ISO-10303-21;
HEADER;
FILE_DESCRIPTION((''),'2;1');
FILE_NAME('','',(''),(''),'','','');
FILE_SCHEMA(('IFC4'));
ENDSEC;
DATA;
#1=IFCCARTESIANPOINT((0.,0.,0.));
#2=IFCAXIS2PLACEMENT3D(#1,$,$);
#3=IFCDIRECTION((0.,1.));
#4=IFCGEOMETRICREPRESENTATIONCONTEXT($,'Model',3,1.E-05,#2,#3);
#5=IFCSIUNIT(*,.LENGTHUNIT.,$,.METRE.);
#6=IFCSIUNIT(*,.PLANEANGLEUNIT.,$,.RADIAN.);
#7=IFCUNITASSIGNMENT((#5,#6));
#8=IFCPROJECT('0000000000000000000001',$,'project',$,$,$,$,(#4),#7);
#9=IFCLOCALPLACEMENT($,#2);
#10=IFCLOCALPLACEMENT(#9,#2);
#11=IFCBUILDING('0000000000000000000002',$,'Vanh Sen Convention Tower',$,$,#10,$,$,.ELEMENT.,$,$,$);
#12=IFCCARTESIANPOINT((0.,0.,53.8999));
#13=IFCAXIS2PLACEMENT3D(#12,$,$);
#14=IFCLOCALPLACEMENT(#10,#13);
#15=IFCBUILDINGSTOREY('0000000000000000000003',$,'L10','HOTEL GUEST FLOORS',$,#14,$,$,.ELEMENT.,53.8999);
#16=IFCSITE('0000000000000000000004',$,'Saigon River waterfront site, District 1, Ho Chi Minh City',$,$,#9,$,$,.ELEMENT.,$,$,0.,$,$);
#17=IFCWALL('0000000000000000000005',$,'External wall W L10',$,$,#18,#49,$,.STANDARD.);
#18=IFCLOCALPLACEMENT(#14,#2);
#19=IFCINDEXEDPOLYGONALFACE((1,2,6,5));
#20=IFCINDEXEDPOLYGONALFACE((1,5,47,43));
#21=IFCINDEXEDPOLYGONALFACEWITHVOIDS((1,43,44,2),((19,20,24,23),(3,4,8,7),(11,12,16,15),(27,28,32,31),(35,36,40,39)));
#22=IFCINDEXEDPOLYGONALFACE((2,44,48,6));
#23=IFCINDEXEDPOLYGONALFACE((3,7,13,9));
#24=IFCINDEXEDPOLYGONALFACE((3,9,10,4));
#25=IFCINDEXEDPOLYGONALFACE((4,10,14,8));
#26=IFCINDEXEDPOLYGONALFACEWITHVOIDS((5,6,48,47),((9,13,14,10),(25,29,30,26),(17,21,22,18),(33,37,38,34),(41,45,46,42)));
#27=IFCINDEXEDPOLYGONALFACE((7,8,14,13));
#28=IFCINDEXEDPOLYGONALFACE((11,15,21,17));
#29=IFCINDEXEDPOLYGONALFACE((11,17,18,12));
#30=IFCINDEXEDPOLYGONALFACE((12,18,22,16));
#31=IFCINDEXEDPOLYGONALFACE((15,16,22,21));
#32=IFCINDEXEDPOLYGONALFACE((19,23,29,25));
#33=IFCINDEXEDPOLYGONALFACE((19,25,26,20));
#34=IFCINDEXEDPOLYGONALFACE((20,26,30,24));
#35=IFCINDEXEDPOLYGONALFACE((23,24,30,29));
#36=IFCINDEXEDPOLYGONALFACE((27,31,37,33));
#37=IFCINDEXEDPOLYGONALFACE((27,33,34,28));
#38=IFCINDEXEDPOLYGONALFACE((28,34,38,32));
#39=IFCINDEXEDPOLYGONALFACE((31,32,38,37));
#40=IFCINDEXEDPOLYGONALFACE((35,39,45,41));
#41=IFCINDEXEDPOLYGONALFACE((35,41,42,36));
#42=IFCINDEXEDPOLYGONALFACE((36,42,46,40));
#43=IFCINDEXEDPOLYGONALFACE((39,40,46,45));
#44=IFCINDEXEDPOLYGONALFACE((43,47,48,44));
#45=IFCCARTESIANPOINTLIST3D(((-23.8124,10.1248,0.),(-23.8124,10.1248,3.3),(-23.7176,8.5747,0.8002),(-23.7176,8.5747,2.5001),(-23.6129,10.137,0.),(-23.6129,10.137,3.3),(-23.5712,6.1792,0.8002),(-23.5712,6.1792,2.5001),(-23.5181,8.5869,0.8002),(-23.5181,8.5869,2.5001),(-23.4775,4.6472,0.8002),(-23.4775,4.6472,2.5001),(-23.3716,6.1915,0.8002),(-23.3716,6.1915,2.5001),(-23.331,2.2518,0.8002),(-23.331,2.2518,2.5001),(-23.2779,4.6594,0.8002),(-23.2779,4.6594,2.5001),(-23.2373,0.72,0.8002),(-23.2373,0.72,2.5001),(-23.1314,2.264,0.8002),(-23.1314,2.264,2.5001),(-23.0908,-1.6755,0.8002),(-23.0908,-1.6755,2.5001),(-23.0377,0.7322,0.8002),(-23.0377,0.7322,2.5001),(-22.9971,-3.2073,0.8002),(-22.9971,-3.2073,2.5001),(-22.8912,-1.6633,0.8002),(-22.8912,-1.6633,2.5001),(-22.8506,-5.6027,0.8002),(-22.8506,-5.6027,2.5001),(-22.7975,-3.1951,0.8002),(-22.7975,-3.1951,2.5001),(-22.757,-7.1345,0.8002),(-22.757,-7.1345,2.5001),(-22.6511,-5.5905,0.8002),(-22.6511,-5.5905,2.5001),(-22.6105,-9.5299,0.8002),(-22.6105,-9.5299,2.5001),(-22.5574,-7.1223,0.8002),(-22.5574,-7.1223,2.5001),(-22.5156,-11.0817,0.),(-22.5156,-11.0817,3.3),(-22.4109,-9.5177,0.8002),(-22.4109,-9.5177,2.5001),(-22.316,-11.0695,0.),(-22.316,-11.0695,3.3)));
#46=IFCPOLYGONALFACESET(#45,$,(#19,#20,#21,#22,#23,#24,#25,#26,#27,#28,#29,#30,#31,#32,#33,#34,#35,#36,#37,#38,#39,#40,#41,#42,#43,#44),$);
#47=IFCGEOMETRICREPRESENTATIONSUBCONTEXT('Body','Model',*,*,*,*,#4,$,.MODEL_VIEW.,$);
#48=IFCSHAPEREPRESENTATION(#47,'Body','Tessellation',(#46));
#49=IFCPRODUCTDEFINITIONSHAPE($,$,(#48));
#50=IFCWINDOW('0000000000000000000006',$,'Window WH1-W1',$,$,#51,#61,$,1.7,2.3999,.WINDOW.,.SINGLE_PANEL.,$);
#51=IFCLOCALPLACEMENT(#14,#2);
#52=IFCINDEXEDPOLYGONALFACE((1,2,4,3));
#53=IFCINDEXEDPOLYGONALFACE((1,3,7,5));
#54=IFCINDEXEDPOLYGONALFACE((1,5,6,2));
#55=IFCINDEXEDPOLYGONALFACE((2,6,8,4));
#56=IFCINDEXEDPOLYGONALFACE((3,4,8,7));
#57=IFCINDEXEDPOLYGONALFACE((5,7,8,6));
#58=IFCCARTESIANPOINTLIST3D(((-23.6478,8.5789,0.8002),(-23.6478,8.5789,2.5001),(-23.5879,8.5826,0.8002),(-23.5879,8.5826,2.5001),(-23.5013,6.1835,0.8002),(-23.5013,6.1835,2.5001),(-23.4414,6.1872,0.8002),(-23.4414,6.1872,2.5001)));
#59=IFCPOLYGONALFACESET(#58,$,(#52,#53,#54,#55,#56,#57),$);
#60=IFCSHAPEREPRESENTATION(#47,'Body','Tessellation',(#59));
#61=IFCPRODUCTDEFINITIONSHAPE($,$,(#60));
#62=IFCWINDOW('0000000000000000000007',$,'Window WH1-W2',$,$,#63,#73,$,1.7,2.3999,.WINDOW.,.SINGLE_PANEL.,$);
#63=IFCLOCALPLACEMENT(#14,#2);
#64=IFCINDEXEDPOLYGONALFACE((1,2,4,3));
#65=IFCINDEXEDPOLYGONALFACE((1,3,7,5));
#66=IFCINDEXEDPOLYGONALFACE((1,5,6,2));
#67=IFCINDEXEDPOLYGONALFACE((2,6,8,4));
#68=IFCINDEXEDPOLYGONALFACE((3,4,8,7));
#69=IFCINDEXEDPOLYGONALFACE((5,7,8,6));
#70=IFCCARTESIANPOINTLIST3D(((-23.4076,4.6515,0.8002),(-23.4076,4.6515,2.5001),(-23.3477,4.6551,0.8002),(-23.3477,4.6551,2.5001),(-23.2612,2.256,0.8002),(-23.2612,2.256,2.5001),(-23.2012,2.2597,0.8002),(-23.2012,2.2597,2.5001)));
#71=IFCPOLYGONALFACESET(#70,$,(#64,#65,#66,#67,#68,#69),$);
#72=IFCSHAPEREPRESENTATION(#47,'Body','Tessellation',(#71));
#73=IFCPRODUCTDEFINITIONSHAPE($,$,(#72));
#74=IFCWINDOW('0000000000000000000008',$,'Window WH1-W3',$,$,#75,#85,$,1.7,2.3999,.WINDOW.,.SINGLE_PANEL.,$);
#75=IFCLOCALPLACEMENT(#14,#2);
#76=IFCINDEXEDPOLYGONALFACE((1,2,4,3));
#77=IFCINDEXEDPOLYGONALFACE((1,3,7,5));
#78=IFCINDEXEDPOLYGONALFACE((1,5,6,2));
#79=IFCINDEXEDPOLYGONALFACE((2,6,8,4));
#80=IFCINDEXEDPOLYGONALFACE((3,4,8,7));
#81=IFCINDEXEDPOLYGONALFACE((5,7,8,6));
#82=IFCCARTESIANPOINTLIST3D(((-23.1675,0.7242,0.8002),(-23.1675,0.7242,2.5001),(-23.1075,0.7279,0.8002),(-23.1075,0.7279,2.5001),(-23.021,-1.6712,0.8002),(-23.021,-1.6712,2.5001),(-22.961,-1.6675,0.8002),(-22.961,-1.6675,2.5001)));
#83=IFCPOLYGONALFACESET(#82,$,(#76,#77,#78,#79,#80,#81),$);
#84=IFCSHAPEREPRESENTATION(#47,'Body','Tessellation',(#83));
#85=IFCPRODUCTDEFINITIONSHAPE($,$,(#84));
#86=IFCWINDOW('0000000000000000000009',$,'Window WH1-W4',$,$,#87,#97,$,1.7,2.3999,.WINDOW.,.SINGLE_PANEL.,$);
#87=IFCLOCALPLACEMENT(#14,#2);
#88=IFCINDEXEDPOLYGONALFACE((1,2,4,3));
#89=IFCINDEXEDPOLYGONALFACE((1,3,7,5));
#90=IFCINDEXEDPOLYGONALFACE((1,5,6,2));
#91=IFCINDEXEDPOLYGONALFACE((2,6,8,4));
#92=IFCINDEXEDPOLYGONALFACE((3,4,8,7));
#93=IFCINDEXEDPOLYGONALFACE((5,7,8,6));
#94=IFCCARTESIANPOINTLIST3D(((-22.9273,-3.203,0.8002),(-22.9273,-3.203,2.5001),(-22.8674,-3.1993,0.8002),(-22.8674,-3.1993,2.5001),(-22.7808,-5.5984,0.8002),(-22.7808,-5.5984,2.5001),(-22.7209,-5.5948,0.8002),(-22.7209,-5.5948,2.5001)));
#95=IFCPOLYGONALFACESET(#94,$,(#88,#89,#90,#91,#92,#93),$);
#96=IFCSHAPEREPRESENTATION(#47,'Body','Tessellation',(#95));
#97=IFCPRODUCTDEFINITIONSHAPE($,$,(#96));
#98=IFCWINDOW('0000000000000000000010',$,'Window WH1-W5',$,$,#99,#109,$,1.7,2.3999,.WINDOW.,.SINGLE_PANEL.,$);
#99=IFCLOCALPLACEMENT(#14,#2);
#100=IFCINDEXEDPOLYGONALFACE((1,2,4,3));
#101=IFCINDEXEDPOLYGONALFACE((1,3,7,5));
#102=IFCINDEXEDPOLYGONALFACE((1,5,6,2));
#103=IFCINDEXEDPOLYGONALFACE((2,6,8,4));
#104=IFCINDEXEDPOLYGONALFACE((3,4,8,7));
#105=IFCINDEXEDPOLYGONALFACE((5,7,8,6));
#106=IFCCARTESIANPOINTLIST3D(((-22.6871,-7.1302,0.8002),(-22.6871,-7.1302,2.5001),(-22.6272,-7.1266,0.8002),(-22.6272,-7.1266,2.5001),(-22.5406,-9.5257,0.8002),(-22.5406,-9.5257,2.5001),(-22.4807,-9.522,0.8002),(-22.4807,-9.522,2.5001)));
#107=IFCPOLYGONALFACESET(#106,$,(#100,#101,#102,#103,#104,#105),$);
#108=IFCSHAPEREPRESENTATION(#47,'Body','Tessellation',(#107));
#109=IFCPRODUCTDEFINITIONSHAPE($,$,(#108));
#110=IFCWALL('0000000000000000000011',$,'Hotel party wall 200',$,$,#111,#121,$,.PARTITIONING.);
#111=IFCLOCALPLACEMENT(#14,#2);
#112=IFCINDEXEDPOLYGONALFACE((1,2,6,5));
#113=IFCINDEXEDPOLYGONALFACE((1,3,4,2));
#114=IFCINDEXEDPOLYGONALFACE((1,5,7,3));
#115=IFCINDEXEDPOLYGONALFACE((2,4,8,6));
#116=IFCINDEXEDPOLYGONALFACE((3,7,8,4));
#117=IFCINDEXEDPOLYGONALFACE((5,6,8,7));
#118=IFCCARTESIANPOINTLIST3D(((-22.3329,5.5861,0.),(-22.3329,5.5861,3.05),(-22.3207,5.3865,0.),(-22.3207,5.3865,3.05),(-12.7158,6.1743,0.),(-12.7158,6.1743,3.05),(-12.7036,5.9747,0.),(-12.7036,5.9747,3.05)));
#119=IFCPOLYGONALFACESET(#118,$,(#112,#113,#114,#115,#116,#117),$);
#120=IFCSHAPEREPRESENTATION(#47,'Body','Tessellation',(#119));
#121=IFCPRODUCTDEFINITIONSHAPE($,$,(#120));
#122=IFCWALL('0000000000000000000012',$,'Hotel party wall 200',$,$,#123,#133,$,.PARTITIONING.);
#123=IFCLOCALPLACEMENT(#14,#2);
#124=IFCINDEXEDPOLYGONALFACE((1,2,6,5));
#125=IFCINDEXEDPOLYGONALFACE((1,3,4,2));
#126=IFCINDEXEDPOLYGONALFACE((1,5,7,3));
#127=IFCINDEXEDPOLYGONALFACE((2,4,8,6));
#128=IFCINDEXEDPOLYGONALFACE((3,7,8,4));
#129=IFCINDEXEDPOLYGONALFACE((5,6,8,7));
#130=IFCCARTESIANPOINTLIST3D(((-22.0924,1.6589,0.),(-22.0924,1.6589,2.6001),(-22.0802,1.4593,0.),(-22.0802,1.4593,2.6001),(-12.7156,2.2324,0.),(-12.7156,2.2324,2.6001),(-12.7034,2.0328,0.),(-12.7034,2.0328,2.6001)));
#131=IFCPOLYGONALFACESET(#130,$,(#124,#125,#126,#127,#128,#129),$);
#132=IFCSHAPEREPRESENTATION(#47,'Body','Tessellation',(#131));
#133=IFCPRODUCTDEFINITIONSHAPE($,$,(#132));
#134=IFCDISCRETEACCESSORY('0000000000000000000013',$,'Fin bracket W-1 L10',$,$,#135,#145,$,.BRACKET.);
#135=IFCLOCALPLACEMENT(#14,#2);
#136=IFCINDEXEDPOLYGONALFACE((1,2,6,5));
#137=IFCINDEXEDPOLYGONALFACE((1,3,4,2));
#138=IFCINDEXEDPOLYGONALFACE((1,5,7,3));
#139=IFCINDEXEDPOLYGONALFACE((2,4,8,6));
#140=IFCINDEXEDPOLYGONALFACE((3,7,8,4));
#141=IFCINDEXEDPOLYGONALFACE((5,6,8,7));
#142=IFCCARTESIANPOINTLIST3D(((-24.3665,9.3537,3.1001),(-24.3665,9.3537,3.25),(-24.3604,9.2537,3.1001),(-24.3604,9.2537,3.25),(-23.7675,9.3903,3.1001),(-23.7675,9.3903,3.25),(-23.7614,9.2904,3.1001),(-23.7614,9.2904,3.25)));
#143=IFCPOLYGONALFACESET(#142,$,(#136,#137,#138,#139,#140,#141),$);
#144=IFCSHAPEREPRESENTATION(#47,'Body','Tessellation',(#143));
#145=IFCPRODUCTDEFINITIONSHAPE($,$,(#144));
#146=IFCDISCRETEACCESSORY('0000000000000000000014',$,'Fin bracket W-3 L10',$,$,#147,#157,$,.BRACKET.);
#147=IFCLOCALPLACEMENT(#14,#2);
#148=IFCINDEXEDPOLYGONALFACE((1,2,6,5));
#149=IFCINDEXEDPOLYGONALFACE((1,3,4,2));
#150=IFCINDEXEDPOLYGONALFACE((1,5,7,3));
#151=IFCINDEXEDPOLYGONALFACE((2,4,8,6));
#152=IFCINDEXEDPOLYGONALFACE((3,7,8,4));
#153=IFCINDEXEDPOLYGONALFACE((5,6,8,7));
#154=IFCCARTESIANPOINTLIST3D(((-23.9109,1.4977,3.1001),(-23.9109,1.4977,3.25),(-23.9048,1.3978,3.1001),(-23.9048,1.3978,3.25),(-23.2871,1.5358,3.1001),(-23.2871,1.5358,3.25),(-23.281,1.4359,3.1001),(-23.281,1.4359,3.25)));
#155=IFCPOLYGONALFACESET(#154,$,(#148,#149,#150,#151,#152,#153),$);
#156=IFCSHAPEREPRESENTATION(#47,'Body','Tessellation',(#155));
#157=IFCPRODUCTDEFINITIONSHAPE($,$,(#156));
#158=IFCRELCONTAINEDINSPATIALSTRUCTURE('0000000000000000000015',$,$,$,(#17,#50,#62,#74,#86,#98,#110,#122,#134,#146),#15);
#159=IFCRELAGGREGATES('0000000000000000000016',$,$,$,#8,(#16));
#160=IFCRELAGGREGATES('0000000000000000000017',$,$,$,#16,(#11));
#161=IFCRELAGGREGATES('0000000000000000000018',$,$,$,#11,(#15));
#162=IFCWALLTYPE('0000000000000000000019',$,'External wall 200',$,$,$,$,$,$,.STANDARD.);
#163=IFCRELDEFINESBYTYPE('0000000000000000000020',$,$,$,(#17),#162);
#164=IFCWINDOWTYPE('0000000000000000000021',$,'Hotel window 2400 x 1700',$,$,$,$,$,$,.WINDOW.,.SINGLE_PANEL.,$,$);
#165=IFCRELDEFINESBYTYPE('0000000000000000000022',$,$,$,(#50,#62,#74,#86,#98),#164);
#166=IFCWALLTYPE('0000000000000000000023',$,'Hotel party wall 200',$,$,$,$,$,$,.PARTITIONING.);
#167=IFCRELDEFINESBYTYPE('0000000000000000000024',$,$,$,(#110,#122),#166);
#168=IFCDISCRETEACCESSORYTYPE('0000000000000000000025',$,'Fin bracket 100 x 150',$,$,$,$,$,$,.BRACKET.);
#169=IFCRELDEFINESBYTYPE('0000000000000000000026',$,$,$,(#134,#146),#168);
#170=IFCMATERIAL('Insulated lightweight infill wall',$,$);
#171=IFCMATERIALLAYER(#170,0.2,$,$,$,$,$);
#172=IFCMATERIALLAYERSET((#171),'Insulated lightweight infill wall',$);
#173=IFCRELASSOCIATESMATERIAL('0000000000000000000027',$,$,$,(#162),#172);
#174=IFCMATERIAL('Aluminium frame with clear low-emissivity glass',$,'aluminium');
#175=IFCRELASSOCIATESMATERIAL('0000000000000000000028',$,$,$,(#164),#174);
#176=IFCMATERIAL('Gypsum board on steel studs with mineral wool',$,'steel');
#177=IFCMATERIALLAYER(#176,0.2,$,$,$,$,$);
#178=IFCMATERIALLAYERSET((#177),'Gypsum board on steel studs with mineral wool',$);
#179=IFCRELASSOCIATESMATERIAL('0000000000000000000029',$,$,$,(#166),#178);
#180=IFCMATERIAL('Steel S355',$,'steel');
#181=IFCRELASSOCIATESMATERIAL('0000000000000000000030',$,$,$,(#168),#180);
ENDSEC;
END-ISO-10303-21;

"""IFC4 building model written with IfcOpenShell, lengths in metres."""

from ifc_helpers import new_model, si_unit, direction, frame, frame_2d, origin, origin_2d, place, context, subcontext, project, spatial, rectangle, extrude, material, layer, layer_set, type_object, element, fill, save


model = new_model("IFC4")

# Units and contexts
model_context = context("Model", 3, precision=1e-05, world=origin(), true_north=direction((0.0, 1.0)))
body_context = subcontext(model_context, "Body", "Model", "MODEL_VIEW")
ifc_project = project(units=[si_unit("LENGTHUNIT", "METRE"), si_unit("PLANEANGLEUNIT", "RADIAN")], contexts=[model_context])

# Site, building, storey
site_placement = place(None, origin())
site = spatial("IfcSite", under=ifc_project, at=site_placement, Name="Saigon River waterfront site, District 1, Ho Chi Minh City", CompositionType="ELEMENT", RefElevation=0.0)
building_placement = place(site_placement, origin())
building = spatial("IfcBuilding", under=site, at=building_placement, Name="Vanh Sen Convention Tower", CompositionType="ELEMENT")
storey_placement = place(building_placement, frame((0.0, 0.0, 53.8999)))
storey = spatial("IfcBuildingStorey", under=building, at=storey_placement, Name="L10", Description="HOTEL GUEST FLOORS", CompositionType="ELEMENT", Elevation=53.8999)

# Wall, openings, windows
ifc_material_1 = material(Name="Insulated lightweight infill wall")
ifc_layer_1 = layer(ifc_material_1, 0.2)
ifc_layer_set_1 = layer_set([ifc_layer_1], Name="Insulated lightweight infill wall")
wall_type_1 = type_object("IfcWallType", Name="External wall 200", PredefinedType="STANDARD", material=ifc_layer_set_1)
wall_1_placement = place(storey_placement, frame((-23.7126, 10.1309, 0.0), z_axis=(0.0, 0.0, 1.0), x_axis=(0.06104, -0.998135, 0.0)))
wall_1 = element("IfcWall", 1, at=wall_1_placement, inside=storey, type_object=wall_type_1, Name="External wall W L10", PredefinedType="STANDARD", context=body_context, shape_type="SweptSolid", body=[
    extrude(rectangle(XDim=21.2461, YDim=0.2, at=frame_2d((10.623, 0.0))), origin(), (0.0, 0.0, 1.0), 3.3),
])
opening_1_placement = place(wall_1_placement, frame((1.553, 0.0, 0.8)))
opening_1 = element("IfcOpeningElement", 2, at=opening_1_placement, cuts=wall_1, PredefinedType="OPENING", context=body_context, shape_type="SweptSolid", body=[
    extrude(rectangle(XDim=2.3999, YDim=1.7, at=frame_2d((1.2, 0.8501))), frame((0.0, 0.1099, 0.0), z_axis=(0.0, -1.0, 0.0), x_axis=(1.0, 0.0, 0.0)), (0.0, 0.0, 1.0), 0.22),
])
opening_2_placement = place(wall_1_placement, frame((5.4878, 0.0, 0.8)))
opening_2 = element("IfcOpeningElement", 3, at=opening_2_placement, cuts=wall_1, PredefinedType="OPENING", context=body_context, shape_type="SweptSolid", body=[
    extrude(rectangle(XDim=2.3999, YDim=1.7, at=frame_2d((1.2, 0.8501))), frame((0.0, 0.1099, 0.0), z_axis=(0.0, -1.0, 0.0), x_axis=(1.0, 0.0, 0.0)), (0.0, 0.0, 1.0), 0.22),
])
opening_3_placement = place(wall_1_placement, frame((9.4224, 0.0, 0.8)))
opening_3 = element("IfcOpeningElement", 4, at=opening_3_placement, cuts=wall_1, PredefinedType="OPENING", context=body_context, shape_type="SweptSolid", body=[
    extrude(rectangle(XDim=2.3999, YDim=1.7, at=frame_2d((1.2, 0.8501))), frame((0.0, 0.1099, 0.0), z_axis=(0.0, -1.0, 0.0), x_axis=(1.0, 0.0, 0.0)), (0.0, 0.0, 1.0), 0.22),
])
opening_4_placement = place(wall_1_placement, frame((13.3569, 0.0, 0.8)))
opening_4 = element("IfcOpeningElement", 5, at=opening_4_placement, cuts=wall_1, PredefinedType="OPENING", context=body_context, shape_type="SweptSolid", body=[
    extrude(rectangle(XDim=2.3999, YDim=1.7, at=frame_2d((1.2, 0.8501))), frame((0.0, 0.1099, 0.0), z_axis=(0.0, -1.0, 0.0), x_axis=(1.0, 0.0, 0.0)), (0.0, 0.0, 1.0), 0.22),
])
opening_5_placement = place(wall_1_placement, frame((17.2915, 0.0, 0.8)))
opening_5 = element("IfcOpeningElement", 6, at=opening_5_placement, cuts=wall_1, PredefinedType="OPENING", context=body_context, shape_type="SweptSolid", body=[
    extrude(rectangle(XDim=2.3999, YDim=1.7, at=frame_2d((1.2, 0.8501))), frame((0.0, 0.1099, 0.0), z_axis=(0.0, -1.0, 0.0), x_axis=(1.0, 0.0, 0.0)), (0.0, 0.0, 1.0), 0.22),
])
ifc_material_2 = material(Name="Aluminium frame with clear low-emissivity glass", Category="aluminium")
window_type = type_object("IfcWindowType", Name="Hotel window 2400 x 1700", PartitioningType="SINGLE_PANEL", PredefinedType="WINDOW", material=ifc_material_2)
window_1_placement = place(opening_1_placement, origin())
window_1 = element("IfcWindow", 7, at=window_1_placement, inside=storey, type_object=window_type, Name="Window WH1-W1", OverallHeight=1.7, OverallWidth=2.3999, PartitioningType="SINGLE_PANEL", PredefinedType="WINDOW", context=body_context, shape_type="SweptSolid", body=[
    extrude(rectangle(XDim=2.3999, YDim=1.7, at=frame_2d((1.2, 0.8501))), frame((0.0, 0.03, 0.0), z_axis=(0.0, -1.0, 0.0), x_axis=(1.0, 0.0, 0.0)), (0.0, 0.0, 1.0), 0.0601),
])
fill(opening_1, window_1)
window_2_placement = place(opening_2_placement, origin())
window_2 = element("IfcWindow", 8, at=window_2_placement, inside=storey, type_object=window_type, Name="Window WH1-W2", OverallHeight=1.7, OverallWidth=2.3999, PartitioningType="SINGLE_PANEL", PredefinedType="WINDOW", context=body_context, shape_type="SweptSolid", body=[
    extrude(rectangle(XDim=2.3999, YDim=1.7, at=frame_2d((1.2, 0.8501))), frame((0.0, 0.03, 0.0), z_axis=(0.0, -1.0, 0.0), x_axis=(1.0, 0.0, 0.0)), (0.0, 0.0, 1.0), 0.0601),
])
fill(opening_2, window_2)
window_3_placement = place(opening_3_placement, origin())
window_3 = element("IfcWindow", 9, at=window_3_placement, inside=storey, type_object=window_type, Name="Window WH1-W3", OverallHeight=1.7, OverallWidth=2.3999, PartitioningType="SINGLE_PANEL", PredefinedType="WINDOW", context=body_context, shape_type="SweptSolid", body=[
    extrude(rectangle(XDim=2.3999, YDim=1.7, at=frame_2d((1.2, 0.8501))), frame((0.0, 0.03, 0.0), z_axis=(0.0, -1.0, 0.0), x_axis=(1.0, 0.0, 0.0)), (0.0, 0.0, 1.0), 0.0601),
])
fill(opening_3, window_3)
window_4_placement = place(opening_4_placement, origin())
window_4 = element("IfcWindow", 10, at=window_4_placement, inside=storey, type_object=window_type, Name="Window WH1-W4", OverallHeight=1.7, OverallWidth=2.3999, PartitioningType="SINGLE_PANEL", PredefinedType="WINDOW", context=body_context, shape_type="SweptSolid", body=[
    extrude(rectangle(XDim=2.3999, YDim=1.7, at=frame_2d((1.2, 0.8501))), frame((0.0, 0.03, 0.0), z_axis=(0.0, -1.0, 0.0), x_axis=(1.0, 0.0, 0.0)), (0.0, 0.0, 1.0), 0.0601),
])
fill(opening_4, window_4)
window_5_placement = place(opening_5_placement, origin())
window_5 = element("IfcWindow", 11, at=window_5_placement, inside=storey, type_object=window_type, Name="Window WH1-W5", OverallHeight=1.7, OverallWidth=2.3999, PartitioningType="SINGLE_PANEL", PredefinedType="WINDOW", context=body_context, shape_type="SweptSolid", body=[
    extrude(rectangle(XDim=2.3999, YDim=1.7, at=frame_2d((1.2, 0.8501))), frame((0.0, 0.03, 0.0), z_axis=(0.0, -1.0, 0.0), x_axis=(1.0, 0.0, 0.0)), (0.0, 0.0, 1.0), 0.0601),
])
fill(opening_5, window_5)

# Walls
ifc_material_3 = material(Name="Gypsum board on steel studs with mineral wool", Category="steel")
ifc_layer_2 = layer(ifc_material_3, 0.2)
ifc_layer_set_2 = layer_set([ifc_layer_2], Name="Gypsum board on steel studs with mineral wool")
wall_type_2 = type_object("IfcWallType", Name="Hotel party wall 200", PredefinedType="PARTITIONING", material=ifc_layer_set_2)
wall_2_placement = place(storey_placement, frame((-22.3267, 5.4863, 0.0), z_axis=(0.0, 0.0, 1.0), x_axis=(0.998135, 0.061042, 0.0)))
element("IfcWall", 12, at=wall_2_placement, inside=storey, type_object=wall_type_2, Name="Hotel party wall 200", PredefinedType="PARTITIONING", context=body_context, shape_type="SweptSolid", body=[
    extrude(rectangle(XDim=9.635, YDim=0.2, at=frame_2d((4.8174, 0.0))), origin(), (0.0, 0.0, 1.0), 3.05),
])
wall_3_placement = place(storey_placement, frame((-22.0864, 1.5591, 0.0), z_axis=(0.0, 0.0, 1.0), x_axis=(0.998135, 0.061047, 0.0)))
element("IfcWall", 13, at=wall_3_placement, inside=storey, type_object=wall_type_2, Name="Hotel party wall 200", PredefinedType="PARTITIONING", context=body_context, shape_type="SweptSolid", body=[
    extrude(rectangle(XDim=9.3943, YDim=0.2, at=frame_2d((4.6973, 0.0))), origin(), (0.0, 0.0, 1.0), 2.6001),
])

# Discrete accessories
ifc_material_4 = material(Name="Steel S355", Category="steel")
discrete_accessory_type = type_object("IfcDiscreteAccessoryType", Name="Fin bracket 100 x 150", PredefinedType="BRACKET", material=ifc_material_4)
discrete_accessory_1_placement = place(storey_placement, frame((-24.064, 9.322, 3.1001), z_axis=(0.0, 0.0, 1.0), x_axis=(-0.998135, -0.061049, 0.0)))
element("IfcDiscreteAccessory", 14, at=discrete_accessory_1_placement, inside=storey, type_object=discrete_accessory_type, Name="Fin bracket W-1 L10", PredefinedType="BRACKET", context=body_context, shape_type="SweptSolid", body=[
    extrude(rectangle(XDim=0.6001, YDim=0.1001, at=origin_2d()), origin(), (0.0, 0.0, 1.0), 0.1499),
])
discrete_accessory_2_placement = place(storey_placement, frame((-23.5959, 1.4668, 3.1001), z_axis=(0.0, 0.0, 1.0), x_axis=(-0.998135, -0.061049, 0.0)))
element("IfcDiscreteAccessory", 15, at=discrete_accessory_2_placement, inside=storey, type_object=discrete_accessory_type, Name="Fin bracket W-3 L10", PredefinedType="BRACKET", context=body_context, shape_type="SweptSolid", body=[
    extrude(rectangle(XDim=0.625, YDim=0.1001, at=origin_2d()), origin(), (0.0, 0.0, 1.0), 0.1499),
])

save(model, "model.ifc")
